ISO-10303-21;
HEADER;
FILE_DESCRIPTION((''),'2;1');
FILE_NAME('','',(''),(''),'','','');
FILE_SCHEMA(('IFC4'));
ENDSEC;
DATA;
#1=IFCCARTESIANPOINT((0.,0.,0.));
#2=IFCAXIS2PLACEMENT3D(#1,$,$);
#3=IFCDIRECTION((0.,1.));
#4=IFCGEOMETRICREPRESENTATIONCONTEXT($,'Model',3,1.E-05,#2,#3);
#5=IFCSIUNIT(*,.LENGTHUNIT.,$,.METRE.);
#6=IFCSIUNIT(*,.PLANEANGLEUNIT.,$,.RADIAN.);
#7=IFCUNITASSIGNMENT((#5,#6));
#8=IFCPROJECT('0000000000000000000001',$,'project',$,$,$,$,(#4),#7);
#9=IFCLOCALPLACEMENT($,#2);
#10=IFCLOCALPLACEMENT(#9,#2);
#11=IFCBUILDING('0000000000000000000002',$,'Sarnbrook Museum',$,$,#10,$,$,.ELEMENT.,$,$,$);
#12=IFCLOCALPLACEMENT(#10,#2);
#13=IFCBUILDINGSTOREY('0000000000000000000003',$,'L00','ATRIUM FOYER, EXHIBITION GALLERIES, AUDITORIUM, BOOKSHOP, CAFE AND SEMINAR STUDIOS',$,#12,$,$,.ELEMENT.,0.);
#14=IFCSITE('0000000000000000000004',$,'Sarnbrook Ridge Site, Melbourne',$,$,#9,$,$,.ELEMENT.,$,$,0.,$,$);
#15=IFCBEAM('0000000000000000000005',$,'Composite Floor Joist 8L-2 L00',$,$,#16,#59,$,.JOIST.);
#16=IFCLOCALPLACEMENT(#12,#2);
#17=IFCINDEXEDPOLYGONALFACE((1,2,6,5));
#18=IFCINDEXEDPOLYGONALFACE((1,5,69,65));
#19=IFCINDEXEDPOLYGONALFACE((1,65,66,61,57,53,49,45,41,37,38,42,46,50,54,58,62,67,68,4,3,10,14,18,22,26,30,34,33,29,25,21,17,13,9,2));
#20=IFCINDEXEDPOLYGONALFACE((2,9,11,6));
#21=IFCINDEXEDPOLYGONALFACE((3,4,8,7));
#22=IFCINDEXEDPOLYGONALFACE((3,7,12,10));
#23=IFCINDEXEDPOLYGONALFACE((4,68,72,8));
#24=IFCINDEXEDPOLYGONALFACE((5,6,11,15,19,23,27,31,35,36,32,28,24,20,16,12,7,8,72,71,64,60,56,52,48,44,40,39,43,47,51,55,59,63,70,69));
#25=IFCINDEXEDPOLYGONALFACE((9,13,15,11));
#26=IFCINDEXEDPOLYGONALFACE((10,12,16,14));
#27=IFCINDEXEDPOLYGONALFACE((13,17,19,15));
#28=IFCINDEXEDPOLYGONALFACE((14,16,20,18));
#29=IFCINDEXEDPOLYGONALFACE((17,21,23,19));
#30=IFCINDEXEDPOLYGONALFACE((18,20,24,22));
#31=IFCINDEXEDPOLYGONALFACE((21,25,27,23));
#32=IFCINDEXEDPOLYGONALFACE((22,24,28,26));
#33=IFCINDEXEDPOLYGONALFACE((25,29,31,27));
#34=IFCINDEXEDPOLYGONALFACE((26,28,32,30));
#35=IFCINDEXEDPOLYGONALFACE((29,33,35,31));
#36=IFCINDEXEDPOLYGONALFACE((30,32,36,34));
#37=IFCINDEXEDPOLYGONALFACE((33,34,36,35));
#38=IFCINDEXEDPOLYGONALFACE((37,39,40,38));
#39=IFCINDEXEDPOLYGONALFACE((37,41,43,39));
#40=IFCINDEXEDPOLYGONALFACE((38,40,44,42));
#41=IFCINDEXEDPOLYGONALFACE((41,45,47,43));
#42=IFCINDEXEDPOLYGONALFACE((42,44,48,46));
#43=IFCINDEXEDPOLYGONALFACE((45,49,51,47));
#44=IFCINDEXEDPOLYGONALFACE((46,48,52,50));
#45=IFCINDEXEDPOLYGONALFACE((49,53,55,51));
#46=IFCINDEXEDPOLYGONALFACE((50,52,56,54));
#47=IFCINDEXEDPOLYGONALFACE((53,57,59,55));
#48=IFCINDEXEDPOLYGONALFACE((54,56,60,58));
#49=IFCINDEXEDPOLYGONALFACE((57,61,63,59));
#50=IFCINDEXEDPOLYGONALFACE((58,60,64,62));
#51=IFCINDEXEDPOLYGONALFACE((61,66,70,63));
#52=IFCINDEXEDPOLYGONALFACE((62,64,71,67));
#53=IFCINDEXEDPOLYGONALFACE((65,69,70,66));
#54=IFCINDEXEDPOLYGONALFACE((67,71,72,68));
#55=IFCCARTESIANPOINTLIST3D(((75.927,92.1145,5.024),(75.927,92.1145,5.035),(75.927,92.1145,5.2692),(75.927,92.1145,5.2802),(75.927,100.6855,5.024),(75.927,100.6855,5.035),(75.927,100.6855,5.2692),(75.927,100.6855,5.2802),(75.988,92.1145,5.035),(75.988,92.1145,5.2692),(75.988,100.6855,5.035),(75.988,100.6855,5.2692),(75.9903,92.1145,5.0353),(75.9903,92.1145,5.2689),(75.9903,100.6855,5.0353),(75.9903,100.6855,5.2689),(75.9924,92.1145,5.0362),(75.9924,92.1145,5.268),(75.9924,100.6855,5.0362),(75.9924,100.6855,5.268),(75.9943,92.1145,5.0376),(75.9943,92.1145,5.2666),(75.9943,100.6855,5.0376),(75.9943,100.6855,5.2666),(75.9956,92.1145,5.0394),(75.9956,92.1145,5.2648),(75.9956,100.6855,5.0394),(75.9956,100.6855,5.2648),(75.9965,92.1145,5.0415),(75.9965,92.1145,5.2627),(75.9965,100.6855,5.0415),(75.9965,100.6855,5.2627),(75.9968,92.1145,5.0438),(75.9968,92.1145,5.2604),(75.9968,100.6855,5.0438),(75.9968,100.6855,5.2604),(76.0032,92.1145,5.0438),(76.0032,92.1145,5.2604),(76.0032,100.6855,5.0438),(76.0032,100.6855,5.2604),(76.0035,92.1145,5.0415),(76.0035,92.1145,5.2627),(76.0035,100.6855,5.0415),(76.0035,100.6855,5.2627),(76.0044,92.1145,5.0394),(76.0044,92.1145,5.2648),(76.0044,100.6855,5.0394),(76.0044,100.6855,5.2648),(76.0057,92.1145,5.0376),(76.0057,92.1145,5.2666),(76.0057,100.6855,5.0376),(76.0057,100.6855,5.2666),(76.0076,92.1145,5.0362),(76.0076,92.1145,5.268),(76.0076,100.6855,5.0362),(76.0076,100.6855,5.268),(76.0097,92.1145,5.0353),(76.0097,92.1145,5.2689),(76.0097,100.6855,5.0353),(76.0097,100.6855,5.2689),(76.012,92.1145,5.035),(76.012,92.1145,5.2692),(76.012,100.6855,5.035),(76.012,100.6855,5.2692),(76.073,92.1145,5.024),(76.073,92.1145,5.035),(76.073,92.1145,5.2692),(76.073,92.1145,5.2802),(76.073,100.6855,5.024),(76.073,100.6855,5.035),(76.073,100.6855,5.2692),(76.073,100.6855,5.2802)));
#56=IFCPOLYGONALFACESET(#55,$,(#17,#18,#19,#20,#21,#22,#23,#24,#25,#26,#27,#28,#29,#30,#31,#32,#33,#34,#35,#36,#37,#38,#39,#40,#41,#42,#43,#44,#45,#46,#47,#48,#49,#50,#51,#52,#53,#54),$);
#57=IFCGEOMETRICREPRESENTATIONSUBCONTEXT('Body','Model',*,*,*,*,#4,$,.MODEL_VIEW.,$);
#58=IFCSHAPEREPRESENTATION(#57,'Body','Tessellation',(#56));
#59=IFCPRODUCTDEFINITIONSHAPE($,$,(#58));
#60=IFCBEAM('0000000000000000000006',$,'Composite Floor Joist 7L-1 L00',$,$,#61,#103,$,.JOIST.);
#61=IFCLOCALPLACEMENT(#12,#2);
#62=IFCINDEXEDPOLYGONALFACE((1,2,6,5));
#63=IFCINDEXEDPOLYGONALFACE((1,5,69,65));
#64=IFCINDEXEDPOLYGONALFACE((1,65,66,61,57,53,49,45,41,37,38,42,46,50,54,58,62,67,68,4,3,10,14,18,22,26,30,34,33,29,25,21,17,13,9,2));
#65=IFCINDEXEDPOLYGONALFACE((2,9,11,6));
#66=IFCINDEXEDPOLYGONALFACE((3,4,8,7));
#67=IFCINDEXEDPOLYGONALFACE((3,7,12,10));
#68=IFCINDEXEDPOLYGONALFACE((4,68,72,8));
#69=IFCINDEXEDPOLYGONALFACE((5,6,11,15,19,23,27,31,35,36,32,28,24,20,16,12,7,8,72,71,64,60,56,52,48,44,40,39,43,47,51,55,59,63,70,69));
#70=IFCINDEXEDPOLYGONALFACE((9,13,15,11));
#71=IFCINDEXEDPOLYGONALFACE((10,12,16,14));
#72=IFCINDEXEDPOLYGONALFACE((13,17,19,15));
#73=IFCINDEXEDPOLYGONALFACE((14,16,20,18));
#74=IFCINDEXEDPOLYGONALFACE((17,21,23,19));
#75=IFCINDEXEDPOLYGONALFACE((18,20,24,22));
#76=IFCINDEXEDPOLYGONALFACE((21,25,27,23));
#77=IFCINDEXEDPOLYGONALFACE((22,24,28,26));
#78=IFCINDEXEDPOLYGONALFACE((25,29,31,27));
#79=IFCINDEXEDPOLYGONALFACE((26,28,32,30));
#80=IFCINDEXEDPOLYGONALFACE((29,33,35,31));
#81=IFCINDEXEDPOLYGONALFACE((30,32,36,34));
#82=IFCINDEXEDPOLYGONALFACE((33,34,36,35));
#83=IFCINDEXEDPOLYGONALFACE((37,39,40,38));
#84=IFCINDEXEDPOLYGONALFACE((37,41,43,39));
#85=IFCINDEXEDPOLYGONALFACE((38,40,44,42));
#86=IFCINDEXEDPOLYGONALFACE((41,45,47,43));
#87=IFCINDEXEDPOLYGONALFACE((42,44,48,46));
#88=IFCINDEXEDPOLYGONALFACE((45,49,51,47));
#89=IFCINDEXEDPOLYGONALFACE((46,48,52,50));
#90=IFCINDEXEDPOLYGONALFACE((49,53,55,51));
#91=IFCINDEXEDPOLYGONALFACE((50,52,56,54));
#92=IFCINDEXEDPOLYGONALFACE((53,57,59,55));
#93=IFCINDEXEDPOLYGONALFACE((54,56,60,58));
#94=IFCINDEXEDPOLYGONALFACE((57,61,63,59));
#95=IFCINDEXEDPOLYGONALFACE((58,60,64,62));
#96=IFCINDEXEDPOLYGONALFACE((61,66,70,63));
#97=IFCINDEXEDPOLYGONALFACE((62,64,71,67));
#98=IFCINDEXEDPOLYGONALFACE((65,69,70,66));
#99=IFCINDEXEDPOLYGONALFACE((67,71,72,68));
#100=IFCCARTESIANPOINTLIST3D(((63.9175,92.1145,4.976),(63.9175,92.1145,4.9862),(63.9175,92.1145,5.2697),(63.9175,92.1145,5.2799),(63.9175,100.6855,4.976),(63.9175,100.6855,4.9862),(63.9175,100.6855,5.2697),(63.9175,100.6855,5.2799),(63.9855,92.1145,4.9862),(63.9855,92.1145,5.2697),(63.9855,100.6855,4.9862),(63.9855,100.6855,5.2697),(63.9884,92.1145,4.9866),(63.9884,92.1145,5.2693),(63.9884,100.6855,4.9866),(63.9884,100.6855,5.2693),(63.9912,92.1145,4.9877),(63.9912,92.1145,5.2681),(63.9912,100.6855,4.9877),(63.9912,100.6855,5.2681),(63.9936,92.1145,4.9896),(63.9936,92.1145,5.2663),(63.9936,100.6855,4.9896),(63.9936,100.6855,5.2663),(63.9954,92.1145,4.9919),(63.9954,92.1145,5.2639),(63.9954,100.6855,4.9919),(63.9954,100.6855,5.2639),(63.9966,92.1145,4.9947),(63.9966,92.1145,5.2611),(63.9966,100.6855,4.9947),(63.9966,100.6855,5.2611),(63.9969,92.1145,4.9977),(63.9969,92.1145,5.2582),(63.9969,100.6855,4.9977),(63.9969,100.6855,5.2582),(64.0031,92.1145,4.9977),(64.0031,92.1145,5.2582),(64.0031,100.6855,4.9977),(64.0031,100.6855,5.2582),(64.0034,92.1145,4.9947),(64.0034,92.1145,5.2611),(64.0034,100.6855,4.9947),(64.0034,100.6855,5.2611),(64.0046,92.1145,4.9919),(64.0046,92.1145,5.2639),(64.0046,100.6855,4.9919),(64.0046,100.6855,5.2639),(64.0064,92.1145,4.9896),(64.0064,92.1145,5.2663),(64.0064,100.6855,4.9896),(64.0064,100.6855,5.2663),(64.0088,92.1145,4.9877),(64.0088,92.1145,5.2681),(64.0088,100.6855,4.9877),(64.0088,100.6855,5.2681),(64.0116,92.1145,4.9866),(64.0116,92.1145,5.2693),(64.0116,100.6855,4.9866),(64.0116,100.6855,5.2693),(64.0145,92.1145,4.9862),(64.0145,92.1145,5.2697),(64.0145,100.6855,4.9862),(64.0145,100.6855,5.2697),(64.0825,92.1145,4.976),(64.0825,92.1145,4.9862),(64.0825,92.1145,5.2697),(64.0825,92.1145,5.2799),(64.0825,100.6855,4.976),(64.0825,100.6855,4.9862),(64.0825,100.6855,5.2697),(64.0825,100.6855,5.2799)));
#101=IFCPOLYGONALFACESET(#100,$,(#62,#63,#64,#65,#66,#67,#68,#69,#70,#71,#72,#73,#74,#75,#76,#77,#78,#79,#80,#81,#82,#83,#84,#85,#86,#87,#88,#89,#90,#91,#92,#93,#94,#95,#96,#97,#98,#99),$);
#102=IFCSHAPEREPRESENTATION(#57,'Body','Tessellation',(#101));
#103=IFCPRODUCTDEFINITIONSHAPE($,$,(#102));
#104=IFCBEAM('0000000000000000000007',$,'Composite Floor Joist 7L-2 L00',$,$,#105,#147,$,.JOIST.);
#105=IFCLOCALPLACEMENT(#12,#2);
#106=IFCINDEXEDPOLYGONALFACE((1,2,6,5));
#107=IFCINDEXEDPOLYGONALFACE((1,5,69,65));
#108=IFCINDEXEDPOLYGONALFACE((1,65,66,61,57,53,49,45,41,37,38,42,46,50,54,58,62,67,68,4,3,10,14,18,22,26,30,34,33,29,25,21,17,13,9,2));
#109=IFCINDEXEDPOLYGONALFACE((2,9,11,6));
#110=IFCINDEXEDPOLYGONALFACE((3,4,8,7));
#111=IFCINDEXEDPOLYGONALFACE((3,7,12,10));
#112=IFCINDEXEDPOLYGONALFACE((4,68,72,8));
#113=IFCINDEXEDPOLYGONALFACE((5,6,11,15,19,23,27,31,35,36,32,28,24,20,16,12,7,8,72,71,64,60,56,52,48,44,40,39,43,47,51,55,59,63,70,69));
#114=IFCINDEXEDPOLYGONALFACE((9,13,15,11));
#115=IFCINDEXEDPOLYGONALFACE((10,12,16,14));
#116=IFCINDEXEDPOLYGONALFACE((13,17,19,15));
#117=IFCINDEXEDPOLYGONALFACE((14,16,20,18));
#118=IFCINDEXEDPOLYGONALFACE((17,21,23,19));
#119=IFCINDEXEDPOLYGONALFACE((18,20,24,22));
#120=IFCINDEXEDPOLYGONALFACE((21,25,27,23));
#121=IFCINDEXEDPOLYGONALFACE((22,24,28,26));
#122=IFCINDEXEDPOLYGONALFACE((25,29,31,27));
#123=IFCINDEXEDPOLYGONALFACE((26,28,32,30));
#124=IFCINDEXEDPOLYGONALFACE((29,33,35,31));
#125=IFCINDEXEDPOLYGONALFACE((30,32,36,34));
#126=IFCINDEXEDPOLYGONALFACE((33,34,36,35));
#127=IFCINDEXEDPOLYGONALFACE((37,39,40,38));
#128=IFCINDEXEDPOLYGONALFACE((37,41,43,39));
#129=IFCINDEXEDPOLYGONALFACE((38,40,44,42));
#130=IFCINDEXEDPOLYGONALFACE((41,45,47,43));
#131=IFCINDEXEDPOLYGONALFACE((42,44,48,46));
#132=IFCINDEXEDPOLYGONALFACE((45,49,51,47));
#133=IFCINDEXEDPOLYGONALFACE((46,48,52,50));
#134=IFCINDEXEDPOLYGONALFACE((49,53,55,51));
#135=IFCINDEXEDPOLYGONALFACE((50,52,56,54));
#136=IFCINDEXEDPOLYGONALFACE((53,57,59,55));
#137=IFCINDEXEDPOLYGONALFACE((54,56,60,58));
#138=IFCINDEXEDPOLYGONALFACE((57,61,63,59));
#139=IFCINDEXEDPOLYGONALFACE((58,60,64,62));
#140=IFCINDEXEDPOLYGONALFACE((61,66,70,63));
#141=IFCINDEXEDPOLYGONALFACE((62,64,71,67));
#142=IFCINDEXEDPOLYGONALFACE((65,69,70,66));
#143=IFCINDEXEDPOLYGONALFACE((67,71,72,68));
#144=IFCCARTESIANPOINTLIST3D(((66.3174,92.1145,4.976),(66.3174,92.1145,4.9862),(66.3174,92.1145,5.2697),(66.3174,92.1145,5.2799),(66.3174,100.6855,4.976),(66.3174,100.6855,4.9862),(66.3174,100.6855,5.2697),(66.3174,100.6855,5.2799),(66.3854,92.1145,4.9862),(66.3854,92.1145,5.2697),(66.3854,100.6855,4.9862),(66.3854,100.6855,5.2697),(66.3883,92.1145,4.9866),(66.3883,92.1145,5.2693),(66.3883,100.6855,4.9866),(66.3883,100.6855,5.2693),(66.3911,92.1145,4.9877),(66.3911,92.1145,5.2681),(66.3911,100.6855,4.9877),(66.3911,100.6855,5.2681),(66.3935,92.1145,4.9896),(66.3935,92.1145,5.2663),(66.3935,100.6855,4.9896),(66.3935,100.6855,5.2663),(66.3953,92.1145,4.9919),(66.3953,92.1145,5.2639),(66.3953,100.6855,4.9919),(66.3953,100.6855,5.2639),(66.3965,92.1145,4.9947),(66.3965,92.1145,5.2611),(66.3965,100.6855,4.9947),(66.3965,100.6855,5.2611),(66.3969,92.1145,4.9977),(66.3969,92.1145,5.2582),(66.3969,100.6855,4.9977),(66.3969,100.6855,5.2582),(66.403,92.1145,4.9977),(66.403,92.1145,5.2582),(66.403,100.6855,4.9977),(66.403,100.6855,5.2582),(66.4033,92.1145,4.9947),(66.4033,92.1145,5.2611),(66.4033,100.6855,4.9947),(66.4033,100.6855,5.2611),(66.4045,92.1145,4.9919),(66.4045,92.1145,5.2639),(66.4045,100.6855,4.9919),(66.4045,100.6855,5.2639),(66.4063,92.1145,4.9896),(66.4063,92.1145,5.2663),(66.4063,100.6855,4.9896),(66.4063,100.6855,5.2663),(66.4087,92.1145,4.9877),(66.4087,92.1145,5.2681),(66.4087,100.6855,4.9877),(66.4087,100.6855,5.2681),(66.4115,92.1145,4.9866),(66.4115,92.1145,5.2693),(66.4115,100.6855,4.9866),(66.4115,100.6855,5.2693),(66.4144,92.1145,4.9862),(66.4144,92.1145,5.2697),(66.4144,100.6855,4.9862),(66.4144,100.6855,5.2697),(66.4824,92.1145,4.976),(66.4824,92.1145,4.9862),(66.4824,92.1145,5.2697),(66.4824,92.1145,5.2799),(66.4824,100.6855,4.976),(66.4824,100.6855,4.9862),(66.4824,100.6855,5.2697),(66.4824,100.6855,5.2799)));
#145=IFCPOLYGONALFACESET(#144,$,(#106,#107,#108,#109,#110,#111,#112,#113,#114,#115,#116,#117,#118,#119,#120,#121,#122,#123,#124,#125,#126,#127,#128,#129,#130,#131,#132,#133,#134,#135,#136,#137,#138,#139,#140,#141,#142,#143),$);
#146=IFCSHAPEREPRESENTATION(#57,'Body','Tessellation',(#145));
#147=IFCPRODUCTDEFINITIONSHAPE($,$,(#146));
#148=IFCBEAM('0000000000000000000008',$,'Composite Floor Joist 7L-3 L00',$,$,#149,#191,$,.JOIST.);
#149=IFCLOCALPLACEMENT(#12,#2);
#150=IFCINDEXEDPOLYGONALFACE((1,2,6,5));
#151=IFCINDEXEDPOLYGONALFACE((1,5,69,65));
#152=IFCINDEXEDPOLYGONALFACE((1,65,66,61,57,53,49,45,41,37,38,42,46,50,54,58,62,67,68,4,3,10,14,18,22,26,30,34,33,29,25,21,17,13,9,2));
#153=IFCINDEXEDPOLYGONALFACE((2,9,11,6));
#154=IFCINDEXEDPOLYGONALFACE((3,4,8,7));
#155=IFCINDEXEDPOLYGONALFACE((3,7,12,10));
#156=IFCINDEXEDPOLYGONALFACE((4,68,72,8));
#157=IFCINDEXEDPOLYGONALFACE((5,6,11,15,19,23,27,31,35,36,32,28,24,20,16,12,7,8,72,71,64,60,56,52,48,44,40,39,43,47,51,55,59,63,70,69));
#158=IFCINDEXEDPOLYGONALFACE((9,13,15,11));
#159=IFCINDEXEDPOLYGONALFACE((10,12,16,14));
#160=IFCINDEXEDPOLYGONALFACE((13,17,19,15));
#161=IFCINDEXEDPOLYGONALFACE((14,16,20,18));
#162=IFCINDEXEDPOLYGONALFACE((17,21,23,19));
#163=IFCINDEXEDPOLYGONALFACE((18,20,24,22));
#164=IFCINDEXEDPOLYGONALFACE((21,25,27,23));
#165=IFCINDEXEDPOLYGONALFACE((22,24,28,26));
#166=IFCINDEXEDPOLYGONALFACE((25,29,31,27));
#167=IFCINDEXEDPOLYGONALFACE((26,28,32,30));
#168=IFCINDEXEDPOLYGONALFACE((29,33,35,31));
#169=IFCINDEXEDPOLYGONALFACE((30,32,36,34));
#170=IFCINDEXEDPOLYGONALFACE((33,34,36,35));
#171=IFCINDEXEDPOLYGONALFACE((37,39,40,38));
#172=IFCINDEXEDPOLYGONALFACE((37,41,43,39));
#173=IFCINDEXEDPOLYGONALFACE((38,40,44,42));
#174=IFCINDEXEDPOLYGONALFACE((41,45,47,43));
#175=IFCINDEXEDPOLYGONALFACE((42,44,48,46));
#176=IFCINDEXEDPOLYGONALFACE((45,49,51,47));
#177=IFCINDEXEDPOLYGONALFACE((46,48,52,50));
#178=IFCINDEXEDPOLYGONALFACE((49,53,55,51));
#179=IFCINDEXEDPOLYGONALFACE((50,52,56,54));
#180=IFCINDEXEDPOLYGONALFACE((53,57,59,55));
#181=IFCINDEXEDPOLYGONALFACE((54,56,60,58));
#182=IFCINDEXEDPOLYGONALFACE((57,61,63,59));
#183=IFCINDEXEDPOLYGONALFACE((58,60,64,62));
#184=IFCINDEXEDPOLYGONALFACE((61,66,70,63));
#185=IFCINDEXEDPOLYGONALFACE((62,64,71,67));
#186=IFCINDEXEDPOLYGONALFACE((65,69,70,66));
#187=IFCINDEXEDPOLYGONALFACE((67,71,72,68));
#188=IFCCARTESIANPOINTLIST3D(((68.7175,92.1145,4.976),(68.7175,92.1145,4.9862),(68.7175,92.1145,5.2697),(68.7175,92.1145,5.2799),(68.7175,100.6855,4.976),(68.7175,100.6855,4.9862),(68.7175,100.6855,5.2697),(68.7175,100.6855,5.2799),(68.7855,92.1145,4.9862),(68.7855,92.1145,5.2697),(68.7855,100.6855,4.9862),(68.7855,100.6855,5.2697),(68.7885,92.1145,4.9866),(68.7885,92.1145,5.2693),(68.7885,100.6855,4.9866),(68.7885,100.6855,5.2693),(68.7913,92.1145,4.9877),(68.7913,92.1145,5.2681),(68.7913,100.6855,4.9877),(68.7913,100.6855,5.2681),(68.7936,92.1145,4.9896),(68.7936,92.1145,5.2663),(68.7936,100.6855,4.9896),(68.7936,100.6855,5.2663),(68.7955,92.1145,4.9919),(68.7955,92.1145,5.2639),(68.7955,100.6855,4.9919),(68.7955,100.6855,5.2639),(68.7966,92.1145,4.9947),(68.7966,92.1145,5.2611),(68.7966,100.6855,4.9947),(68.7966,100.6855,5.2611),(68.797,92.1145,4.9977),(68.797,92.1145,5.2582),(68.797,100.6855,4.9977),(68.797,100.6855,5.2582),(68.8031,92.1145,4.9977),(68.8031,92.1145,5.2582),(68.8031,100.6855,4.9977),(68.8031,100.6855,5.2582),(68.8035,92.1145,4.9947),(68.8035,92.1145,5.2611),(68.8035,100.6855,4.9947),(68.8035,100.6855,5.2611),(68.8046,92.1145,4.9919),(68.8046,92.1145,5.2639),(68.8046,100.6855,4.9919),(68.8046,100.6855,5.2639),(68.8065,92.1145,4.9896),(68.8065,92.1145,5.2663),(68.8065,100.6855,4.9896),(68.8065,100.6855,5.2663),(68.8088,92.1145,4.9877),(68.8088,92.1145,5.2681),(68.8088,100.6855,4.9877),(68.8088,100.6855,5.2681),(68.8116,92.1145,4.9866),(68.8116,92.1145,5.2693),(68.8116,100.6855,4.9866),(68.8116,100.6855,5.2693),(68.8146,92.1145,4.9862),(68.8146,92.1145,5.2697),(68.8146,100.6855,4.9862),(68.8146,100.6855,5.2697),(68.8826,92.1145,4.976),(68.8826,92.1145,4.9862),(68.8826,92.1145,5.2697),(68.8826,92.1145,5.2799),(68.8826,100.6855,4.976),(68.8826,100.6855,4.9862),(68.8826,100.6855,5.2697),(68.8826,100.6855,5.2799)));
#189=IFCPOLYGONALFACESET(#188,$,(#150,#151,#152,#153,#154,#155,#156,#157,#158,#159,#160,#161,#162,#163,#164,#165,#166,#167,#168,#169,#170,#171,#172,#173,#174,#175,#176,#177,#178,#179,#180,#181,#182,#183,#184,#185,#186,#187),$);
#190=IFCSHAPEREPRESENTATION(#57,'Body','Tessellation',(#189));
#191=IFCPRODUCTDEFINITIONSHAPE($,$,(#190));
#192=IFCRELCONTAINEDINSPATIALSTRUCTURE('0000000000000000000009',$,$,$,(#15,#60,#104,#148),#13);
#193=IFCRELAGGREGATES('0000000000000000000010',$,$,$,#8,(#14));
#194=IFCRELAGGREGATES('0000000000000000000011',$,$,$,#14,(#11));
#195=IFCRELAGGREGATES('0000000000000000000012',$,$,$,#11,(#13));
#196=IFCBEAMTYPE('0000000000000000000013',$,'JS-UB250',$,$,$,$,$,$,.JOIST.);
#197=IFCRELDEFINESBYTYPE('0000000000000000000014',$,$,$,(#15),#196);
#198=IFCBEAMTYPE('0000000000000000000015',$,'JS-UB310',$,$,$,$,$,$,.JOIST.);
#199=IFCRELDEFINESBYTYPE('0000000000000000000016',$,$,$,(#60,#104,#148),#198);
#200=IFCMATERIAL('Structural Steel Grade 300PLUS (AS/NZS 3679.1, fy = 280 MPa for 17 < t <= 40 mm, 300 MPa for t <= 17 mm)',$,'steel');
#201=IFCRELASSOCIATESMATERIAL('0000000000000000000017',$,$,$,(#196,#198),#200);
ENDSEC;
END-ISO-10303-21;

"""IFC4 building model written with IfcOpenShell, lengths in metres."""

from ifc_helpers import new_model, si_unit, direction, frame, origin, origin_2d, place, context, subcontext, project, spatial, i_section, extrude, material, material_profile, profile_set, type_object, element, save


model = new_model("IFC4")

# Units and contexts
model_context = context("Model", 3, precision=1e-05, world=origin(), true_north=direction((0.0, 1.0)))
body_context = subcontext(model_context, "Body", "Model", "MODEL_VIEW")
ifc_project = project(units=[si_unit("LENGTHUNIT", "METRE"), si_unit("PLANEANGLEUNIT", "RADIAN")], contexts=[model_context])

# Site, building, storey
site_placement = place(None, origin())
site = spatial("IfcSite", under=ifc_project, at=site_placement, Name="Sarnbrook Ridge Site, Melbourne", CompositionType="ELEMENT", RefElevation=0.0)
building_placement = place(site_placement, origin())
building = spatial("IfcBuilding", under=site, at=building_placement, Name="Sarnbrook Museum", CompositionType="ELEMENT")
storey_placement = place(building_placement, origin())
storey = spatial("IfcBuildingStorey", under=building, at=storey_placement, Name="L00", Description="ATRIUM FOYER, EXHIBITION GALLERIES, AUDITORIUM, BOOKSHOP, CAFE AND SEMINAR STUDIOS", CompositionType="ELEMENT", Elevation=0.0)

# Beams
ifc_material_1 = material(Name="Structural Steel Grade 300PLUS (AS/NZS 3679.1, fy = 280 MPa for 17 < t <= 40 mm, 300 MPa for t <= 17 mm)", Category="steel")
ifc_material_profile_1 = material_profile(ifc_material_1, i_section(OverallWidth=0.146, OverallDepth=0.2561, WebThickness=0.0063, FlangeThickness=0.011, FilletRadius=0.0088, at=origin_2d()), Name="250UB37.3")
ifc_profile_set_1 = profile_set([ifc_material_profile_1], Name="Structural Steel Grade 300PLUS (AS/NZS 3679.1, fy = 280 MPa for 17 < t <= 40 mm, 300 MPa for t <= 17 mm)")
beam_type_1 = type_object("IfcBeamType", Name="JS-UB250", PredefinedType="JOIST", material=ifc_profile_set_1)
for number, where, z_axis, x_axis, name in (
    (1, (76.0, 92.1145, 5.1521), (0.0, 1.0, 0.0), (-1.0, 0.0, 0.0), "Composite Floor Joist 8L-2 L00"),
):
    element("IfcBeam", number, at=place(storey_placement, frame(where, z_axis=z_axis, x_axis=x_axis)), inside=storey, type_object=beam_type_1, Name=name, PredefinedType="JOIST", context=body_context, shape_type="SweptSolid", body=[
        extrude(i_section(OverallWidth=0.146, OverallDepth=0.2561, WebThickness=0.0063, FlangeThickness=0.011, FilletRadius=0.0088, at=origin_2d()), origin(), (0.0, 0.0, 1.0), 8.571),
    ])
ifc_material_profile_2 = material_profile(ifc_material_1, i_section(OverallWidth=0.165, OverallDepth=0.304, WebThickness=0.0061, FlangeThickness=0.0103, FilletRadius=0.0115, at=origin_2d()), Name="310UB40.4")
ifc_profile_set_2 = profile_set([ifc_material_profile_2], Name="Structural Steel Grade 300PLUS (AS/NZS 3679.1, fy = 280 MPa for 17 < t <= 40 mm, 300 MPa for t <= 17 mm)")
beam_type_2 = type_object("IfcBeamType", Name="JS-UB310", PredefinedType="JOIST", material=ifc_profile_set_2)
for number, where, z_axis, x_axis, name in (
    (2, (64.0, 92.1145, 5.1279), (0.0, 1.0, 0.0), (-1.0, 0.0, 0.0), "Composite Floor Joist 7L-1 L00"),
    (3, (66.3999, 92.1145, 5.1279), (0.0, 1.0, 0.0), (-1.0, 0.0, 0.0), "Composite Floor Joist 7L-2 L00"),
    (4, (68.8, 92.1145, 5.1279), (0.0, 1.0, 0.0), (-1.0, 0.0, 0.0), "Composite Floor Joist 7L-3 L00"),
):
    element("IfcBeam", number, at=place(storey_placement, frame(where, z_axis=z_axis, x_axis=x_axis)), inside=storey, type_object=beam_type_2, Name=name, PredefinedType="JOIST", context=body_context, shape_type="SweptSolid", body=[
        extrude(i_section(OverallWidth=0.165, OverallDepth=0.304, WebThickness=0.0061, FlangeThickness=0.0103, FilletRadius=0.0115, at=origin_2d()), origin(), (0.0, 0.0, 1.0), 8.571),
    ])

save(model, "model.ifc")
